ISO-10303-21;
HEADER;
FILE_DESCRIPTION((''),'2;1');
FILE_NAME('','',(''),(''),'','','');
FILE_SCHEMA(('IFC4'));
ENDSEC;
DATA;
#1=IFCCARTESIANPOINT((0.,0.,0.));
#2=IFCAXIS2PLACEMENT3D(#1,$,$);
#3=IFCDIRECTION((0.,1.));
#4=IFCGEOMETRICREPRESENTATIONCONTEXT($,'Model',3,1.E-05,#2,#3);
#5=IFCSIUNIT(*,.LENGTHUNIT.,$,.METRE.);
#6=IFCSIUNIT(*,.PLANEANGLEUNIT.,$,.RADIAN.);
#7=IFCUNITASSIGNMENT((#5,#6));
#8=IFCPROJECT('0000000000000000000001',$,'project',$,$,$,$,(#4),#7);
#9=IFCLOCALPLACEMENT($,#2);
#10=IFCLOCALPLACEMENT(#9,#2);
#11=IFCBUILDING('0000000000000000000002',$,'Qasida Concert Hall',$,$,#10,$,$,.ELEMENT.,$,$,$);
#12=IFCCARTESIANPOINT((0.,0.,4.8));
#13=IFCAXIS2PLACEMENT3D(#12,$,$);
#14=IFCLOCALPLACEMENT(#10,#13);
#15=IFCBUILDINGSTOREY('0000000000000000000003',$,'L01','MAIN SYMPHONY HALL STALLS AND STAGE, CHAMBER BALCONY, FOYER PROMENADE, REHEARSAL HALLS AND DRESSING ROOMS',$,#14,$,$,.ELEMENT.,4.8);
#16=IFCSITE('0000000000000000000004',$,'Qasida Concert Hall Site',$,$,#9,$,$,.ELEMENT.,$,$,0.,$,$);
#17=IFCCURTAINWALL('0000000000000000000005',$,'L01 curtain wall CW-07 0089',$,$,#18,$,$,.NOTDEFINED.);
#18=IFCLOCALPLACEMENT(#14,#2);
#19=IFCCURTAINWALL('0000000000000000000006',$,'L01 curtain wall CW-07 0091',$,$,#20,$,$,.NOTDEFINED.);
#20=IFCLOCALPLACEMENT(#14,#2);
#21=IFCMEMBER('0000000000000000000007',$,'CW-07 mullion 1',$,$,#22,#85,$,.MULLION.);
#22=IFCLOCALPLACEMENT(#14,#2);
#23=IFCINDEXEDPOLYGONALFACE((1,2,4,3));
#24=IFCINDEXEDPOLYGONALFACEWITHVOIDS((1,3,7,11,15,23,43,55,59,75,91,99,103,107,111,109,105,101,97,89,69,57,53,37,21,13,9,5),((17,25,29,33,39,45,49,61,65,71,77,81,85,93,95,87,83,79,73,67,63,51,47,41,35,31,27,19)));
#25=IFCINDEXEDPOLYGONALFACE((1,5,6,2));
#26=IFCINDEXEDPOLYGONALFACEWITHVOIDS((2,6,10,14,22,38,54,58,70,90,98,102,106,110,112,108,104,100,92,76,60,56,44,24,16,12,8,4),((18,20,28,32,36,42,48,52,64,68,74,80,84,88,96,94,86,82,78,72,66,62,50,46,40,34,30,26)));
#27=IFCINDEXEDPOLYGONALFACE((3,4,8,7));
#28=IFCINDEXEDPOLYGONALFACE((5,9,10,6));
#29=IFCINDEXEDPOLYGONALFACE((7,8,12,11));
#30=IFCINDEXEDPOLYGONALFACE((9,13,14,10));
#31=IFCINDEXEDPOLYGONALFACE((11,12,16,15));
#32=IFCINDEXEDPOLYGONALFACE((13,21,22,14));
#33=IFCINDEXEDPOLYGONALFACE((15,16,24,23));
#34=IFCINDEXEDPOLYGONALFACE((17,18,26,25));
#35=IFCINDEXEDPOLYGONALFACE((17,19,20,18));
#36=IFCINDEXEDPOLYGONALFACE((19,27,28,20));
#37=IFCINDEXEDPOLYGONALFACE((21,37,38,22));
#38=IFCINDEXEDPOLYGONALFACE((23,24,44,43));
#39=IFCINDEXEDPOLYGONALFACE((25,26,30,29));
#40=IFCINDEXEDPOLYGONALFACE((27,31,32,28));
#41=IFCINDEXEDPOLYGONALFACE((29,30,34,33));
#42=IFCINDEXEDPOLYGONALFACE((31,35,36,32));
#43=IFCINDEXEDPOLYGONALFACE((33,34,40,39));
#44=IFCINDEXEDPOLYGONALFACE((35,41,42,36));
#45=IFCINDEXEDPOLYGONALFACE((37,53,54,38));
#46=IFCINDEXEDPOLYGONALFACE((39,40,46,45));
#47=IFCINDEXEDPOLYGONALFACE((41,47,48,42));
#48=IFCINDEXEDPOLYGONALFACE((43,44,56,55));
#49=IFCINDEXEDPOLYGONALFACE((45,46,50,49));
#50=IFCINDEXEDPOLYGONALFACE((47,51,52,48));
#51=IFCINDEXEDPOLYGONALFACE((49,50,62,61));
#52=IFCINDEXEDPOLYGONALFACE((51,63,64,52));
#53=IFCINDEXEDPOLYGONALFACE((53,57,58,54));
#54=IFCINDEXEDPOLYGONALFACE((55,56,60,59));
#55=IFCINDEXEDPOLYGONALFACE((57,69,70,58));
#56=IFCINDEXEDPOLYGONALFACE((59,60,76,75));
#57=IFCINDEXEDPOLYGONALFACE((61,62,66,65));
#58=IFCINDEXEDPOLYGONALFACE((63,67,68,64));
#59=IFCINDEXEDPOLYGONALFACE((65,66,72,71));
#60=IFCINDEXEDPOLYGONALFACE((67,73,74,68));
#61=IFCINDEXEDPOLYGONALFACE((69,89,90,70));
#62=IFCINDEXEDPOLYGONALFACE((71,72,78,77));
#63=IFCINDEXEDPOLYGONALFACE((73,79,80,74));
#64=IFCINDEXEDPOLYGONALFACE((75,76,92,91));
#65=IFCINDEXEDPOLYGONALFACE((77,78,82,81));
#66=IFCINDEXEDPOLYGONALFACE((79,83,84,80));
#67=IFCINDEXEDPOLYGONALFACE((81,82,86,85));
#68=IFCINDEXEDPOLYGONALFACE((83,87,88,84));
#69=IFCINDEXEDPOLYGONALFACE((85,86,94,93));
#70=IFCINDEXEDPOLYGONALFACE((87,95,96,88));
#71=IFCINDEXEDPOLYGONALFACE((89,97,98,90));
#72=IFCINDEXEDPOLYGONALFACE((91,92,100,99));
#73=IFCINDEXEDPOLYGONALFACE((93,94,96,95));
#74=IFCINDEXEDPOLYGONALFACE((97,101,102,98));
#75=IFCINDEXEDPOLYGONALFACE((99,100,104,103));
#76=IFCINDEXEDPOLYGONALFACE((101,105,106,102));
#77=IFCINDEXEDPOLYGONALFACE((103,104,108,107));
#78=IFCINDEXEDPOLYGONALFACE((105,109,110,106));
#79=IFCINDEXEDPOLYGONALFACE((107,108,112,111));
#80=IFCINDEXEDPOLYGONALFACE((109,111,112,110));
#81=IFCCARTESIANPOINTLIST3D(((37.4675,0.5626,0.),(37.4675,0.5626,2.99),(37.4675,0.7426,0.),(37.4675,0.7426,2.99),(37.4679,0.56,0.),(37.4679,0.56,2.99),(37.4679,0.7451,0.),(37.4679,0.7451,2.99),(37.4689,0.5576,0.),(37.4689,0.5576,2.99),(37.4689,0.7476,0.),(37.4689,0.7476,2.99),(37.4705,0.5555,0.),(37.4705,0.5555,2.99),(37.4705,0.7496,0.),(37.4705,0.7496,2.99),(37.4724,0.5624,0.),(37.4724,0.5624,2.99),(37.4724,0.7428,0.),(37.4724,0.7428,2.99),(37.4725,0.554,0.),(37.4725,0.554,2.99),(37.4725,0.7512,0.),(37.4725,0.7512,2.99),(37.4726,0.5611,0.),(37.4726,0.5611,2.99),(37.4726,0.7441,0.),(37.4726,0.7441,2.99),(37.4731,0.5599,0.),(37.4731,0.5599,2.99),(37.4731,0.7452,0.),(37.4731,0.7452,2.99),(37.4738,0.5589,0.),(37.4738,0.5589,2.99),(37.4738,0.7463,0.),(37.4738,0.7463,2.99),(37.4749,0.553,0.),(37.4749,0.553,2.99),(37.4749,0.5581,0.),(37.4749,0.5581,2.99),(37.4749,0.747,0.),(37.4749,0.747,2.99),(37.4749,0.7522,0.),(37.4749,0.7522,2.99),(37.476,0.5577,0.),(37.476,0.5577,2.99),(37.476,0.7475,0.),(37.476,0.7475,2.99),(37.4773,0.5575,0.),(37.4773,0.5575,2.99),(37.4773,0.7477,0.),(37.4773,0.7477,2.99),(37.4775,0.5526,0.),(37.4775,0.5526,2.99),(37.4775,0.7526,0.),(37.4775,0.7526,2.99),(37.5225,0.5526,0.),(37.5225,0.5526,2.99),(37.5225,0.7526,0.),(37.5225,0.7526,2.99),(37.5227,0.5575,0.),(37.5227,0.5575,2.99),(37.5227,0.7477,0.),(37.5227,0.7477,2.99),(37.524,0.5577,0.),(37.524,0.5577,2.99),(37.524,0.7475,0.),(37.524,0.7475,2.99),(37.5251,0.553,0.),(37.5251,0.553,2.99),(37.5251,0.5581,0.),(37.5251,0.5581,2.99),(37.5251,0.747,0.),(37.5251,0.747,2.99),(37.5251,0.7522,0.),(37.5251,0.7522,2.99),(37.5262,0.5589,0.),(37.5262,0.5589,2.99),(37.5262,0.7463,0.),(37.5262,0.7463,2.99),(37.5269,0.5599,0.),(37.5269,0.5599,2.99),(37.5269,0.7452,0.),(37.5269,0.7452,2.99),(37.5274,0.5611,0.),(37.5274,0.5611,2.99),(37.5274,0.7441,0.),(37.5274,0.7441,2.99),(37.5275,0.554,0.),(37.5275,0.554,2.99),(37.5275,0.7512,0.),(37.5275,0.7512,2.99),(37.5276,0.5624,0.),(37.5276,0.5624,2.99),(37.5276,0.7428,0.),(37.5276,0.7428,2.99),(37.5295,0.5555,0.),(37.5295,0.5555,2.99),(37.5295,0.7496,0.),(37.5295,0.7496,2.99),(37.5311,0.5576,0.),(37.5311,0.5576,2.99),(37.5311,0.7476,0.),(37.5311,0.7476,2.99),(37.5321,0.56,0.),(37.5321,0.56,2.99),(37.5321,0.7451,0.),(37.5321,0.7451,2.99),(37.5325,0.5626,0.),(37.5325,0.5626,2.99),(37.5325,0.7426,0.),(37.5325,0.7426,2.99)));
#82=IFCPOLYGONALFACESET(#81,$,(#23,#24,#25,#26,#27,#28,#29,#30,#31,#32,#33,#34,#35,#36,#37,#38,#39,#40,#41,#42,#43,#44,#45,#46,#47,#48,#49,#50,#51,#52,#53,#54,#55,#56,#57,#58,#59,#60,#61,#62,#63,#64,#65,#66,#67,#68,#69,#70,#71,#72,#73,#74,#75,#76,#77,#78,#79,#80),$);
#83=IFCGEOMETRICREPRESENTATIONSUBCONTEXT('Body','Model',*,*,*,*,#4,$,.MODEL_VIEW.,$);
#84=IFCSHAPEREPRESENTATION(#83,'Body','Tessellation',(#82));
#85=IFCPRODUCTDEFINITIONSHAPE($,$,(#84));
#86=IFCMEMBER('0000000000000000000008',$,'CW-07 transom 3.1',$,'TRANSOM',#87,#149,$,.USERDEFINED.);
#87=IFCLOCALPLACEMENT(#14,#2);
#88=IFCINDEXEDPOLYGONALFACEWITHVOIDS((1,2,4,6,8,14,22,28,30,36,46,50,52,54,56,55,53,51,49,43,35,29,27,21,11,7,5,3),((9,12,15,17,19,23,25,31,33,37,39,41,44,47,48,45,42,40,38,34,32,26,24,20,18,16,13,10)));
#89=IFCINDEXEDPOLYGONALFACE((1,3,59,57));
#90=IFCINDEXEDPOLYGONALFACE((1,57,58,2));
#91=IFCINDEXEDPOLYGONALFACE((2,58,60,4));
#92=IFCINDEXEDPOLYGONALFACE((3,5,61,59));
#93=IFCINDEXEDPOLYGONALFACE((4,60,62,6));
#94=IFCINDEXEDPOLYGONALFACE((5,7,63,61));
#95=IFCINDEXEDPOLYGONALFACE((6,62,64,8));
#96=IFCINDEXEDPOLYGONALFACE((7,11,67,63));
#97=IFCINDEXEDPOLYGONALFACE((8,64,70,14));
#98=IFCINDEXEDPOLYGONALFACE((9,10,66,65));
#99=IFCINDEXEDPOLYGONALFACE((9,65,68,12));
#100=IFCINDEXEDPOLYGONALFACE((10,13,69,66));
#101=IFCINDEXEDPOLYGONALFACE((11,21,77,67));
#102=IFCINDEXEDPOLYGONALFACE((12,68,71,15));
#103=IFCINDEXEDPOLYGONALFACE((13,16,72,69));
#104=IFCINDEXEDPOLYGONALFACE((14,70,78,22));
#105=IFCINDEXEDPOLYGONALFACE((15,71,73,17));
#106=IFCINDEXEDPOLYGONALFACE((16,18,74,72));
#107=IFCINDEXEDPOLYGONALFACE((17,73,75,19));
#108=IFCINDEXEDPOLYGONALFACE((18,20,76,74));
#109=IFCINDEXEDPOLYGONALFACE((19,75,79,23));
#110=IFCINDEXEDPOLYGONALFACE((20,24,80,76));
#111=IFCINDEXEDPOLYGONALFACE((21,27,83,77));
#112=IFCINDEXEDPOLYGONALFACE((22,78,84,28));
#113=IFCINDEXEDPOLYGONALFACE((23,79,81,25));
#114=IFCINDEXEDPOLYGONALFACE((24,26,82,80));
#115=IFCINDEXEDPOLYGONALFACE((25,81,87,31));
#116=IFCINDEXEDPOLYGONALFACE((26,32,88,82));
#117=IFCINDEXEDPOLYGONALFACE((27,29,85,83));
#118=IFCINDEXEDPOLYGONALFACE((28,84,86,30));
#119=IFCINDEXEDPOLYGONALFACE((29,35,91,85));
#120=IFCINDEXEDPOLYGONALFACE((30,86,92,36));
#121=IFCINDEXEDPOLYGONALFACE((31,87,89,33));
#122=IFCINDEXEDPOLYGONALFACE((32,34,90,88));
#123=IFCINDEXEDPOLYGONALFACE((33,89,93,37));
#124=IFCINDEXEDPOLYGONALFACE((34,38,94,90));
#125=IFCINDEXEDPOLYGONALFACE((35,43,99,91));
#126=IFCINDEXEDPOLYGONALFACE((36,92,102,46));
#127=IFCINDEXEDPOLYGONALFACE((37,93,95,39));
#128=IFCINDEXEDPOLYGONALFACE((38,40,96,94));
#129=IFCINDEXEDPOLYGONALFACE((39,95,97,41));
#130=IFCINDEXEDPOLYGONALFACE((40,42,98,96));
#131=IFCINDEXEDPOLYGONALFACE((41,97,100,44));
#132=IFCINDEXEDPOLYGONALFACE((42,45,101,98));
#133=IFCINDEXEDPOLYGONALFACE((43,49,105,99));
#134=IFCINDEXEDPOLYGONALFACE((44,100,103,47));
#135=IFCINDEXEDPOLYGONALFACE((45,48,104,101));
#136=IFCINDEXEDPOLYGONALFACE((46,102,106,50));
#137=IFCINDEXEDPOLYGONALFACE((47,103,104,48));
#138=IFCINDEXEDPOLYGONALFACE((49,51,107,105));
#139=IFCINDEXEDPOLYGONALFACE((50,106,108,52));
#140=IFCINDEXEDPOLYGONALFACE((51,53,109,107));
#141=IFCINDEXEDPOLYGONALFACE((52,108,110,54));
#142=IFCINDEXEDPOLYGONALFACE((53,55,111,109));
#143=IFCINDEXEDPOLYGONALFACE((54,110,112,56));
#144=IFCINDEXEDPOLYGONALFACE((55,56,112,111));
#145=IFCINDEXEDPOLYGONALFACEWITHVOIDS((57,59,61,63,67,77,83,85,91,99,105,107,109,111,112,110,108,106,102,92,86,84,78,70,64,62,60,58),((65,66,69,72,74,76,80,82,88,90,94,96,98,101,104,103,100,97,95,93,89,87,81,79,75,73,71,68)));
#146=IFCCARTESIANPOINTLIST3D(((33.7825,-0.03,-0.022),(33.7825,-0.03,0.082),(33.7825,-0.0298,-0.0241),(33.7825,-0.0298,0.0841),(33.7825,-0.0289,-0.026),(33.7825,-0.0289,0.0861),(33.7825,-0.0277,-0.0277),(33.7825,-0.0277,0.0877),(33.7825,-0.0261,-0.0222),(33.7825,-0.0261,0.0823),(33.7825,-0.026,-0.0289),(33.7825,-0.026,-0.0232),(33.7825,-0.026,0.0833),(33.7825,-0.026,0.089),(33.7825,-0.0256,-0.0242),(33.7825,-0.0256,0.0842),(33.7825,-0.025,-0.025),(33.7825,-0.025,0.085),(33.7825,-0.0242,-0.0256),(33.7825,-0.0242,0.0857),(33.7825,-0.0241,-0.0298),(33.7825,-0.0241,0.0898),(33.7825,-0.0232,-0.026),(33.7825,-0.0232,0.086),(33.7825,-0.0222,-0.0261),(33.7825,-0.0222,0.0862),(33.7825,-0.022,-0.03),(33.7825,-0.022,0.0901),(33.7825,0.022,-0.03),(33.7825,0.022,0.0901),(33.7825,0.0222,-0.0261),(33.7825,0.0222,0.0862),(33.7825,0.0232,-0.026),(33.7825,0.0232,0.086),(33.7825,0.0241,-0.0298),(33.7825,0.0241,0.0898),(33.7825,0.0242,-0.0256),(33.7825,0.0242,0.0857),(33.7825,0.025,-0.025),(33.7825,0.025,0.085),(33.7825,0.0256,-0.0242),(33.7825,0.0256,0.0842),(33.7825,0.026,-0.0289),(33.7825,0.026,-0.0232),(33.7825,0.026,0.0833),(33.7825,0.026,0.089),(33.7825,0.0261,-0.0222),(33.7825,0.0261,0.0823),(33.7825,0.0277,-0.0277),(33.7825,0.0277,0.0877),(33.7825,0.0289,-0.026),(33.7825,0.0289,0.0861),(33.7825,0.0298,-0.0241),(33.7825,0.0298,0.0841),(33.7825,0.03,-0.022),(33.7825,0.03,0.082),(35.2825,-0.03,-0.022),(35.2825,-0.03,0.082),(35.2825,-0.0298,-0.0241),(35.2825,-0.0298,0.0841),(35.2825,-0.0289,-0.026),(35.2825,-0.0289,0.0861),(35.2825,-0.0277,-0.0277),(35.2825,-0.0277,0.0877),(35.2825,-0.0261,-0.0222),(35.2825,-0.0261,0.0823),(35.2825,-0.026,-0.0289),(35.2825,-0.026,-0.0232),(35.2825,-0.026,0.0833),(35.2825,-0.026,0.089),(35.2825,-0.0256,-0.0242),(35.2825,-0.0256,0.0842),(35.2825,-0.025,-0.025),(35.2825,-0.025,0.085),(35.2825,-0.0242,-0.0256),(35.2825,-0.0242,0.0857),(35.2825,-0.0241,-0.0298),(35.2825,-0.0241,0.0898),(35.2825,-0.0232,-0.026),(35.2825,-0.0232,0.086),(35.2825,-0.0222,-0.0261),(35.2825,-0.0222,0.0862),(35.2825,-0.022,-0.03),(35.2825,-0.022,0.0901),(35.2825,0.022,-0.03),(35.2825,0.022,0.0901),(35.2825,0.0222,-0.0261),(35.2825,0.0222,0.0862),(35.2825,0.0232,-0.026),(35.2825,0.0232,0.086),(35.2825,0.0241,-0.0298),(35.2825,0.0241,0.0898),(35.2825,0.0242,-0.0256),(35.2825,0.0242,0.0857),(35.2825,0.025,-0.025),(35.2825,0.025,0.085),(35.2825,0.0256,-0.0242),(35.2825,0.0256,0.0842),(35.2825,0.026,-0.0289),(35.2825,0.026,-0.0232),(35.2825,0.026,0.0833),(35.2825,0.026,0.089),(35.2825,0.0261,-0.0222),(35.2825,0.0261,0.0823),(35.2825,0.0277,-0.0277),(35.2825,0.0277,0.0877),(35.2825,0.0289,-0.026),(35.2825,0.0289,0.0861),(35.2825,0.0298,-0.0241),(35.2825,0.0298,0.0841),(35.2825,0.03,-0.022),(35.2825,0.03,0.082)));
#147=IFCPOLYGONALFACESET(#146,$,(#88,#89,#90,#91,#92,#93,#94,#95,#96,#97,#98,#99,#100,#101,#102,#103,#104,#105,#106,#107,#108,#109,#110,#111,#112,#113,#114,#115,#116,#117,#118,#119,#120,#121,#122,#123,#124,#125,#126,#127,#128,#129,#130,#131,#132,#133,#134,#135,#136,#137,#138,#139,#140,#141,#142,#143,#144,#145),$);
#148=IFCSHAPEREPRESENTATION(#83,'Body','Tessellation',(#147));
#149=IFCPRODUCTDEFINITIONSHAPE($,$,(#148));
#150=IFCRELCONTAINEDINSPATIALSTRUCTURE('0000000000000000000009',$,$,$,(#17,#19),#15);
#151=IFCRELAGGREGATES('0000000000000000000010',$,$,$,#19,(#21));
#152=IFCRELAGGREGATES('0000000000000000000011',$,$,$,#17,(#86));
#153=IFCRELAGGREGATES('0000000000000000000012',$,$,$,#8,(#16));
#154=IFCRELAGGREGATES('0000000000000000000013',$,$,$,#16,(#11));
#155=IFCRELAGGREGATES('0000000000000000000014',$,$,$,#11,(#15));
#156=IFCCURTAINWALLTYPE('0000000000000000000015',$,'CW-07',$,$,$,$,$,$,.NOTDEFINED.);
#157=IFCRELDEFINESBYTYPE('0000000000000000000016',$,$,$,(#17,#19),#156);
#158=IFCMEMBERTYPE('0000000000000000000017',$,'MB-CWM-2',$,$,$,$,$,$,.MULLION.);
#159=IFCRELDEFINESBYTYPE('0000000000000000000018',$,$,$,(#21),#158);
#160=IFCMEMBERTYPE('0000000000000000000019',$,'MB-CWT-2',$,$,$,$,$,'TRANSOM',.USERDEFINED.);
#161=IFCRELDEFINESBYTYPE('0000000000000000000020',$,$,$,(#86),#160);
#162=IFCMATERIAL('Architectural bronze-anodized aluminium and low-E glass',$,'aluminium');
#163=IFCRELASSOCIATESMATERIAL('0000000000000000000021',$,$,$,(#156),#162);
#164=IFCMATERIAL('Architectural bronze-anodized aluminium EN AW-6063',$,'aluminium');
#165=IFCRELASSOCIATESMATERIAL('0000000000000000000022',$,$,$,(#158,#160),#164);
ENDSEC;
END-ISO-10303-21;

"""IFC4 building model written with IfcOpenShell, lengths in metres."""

from ifc_helpers import new_model, si_unit, direction, frame, origin, origin_2d, place, context, subcontext, project, spatial, hollow_rectangle, extrude, material, material_profile, profile_set, type_object, element, aggregate, save


model = new_model("IFC4")

# Units and contexts
model_context = context("Model", 3, precision=1e-05, world=origin(), true_north=direction((0.0, 1.0)))
body_context = subcontext(model_context, "Body", "Model", "MODEL_VIEW")
ifc_project = project(units=[si_unit("LENGTHUNIT", "METRE"), si_unit("PLANEANGLEUNIT", "RADIAN")], contexts=[model_context])

# Site, building, storey
site_placement = place(None, origin())
site = spatial("IfcSite", under=ifc_project, at=site_placement, Name="Qasida Concert Hall Site", CompositionType="ELEMENT", RefElevation=0.0)
building_placement = place(site_placement, origin())
building = spatial("IfcBuilding", under=site, at=building_placement, Name="Qasida Concert Hall", CompositionType="ELEMENT")
storey_placement = place(building_placement, frame((0.0, 0.0, 4.8)))
storey = spatial("IfcBuildingStorey", under=building, at=storey_placement, Name="L01", Description="MAIN SYMPHONY HALL STALLS AND STAGE, CHAMBER BALCONY, FOYER PROMENADE, REHEARSAL HALLS AND DRESSING ROOMS", CompositionType="ELEMENT", Elevation=4.8)

# Curtain wall
ifc_material_1 = material(Name="Architectural bronze-anodized aluminium and low-E glass", Category="aluminium")
curtain_wall_type = type_object("IfcCurtainWallType", Name="CW-07", PredefinedType="NOTDEFINED", material=ifc_material_1)
curtain_wall_1_placement = place(storey_placement, origin())
curtain_wall_1 = element("IfcCurtainWall", 1, at=curtain_wall_1_placement, inside=storey, type_object=curtain_wall_type, Name="L01 curtain wall CW-07 0089", PredefinedType="NOTDEFINED")
ifc_material_2 = material(Name="Architectural bronze-anodized aluminium EN AW-6063", Category="aluminium")
ifc_material_profile_1 = material_profile(ifc_material_2, hollow_rectangle(XDim=0.0649, YDim=0.2, WallThickness=0.0049, InnerFilletRadius=0.0049, OuterFilletRadius=0.01, at=origin_2d()), Name="CWM 200x65x5")
ifc_profile_set_1 = profile_set([ifc_material_profile_1], Name="Architectural bronze-anodized aluminium EN AW-6063")
member_type_1 = type_object("IfcMemberType", Name="MB-CWM-2", PredefinedType="MULLION", material=ifc_profile_set_1)

# Curtain wall, member
curtain_wall_2_placement = place(storey_placement, origin())
curtain_wall_2 = element("IfcCurtainWall", 2, at=curtain_wall_2_placement, inside=storey, type_object=curtain_wall_type, Name="L01 curtain wall CW-07 0091", PredefinedType="NOTDEFINED")
member_1_placement = place(storey_placement, frame((37.5, 0.6526, 0.0), z_axis=(0.0, 0.0, 1.0), x_axis=(-1.0, 0.0, 0.0)))
member_1 = element("IfcMember", 3, at=member_1_placement, type_object=member_type_1, Name="CW-07 mullion 1", PredefinedType="MULLION", context=body_context, shape_type="SweptSolid", body=[
    extrude(hollow_rectangle(XDim=0.0649, YDim=0.2, WallThickness=0.0049, InnerFilletRadius=0.0049, OuterFilletRadius=0.01, at=origin_2d()), origin(), (0.0, 0.0, 1.0), 2.99),
])

# Member
ifc_material_profile_2 = material_profile(ifc_material_2, hollow_rectangle(XDim=0.0601, YDim=0.1201, WallThickness=0.0039, InnerFilletRadius=0.0039, OuterFilletRadius=0.0081, at=origin_2d()), Name="CWT 120x60x4")
ifc_profile_set_2 = profile_set([ifc_material_profile_2], Name="Architectural bronze-anodized aluminium EN AW-6063")
member_type_2 = type_object("IfcMemberType", Name="MB-CWT-2", ElementType="TRANSOM", PredefinedType="USERDEFINED", material=ifc_profile_set_2)
member_2_placement = place(storey_placement, frame((33.7825, 0.0, 0.03), z_axis=(1.0, 0.0, 0.0), x_axis=(0.0, 1.0, 0.0)))
member_2 = element("IfcMember", 4, at=member_2_placement, type_object=member_type_2, Name="CW-07 transom 3.1", ObjectType="TRANSOM", PredefinedType="USERDEFINED", context=body_context, shape_type="SweptSolid", body=[
    extrude(hollow_rectangle(XDim=0.0601, YDim=0.1201, WallThickness=0.0039, InnerFilletRadius=0.0039, OuterFilletRadius=0.0081, at=origin_2d()), origin(), (0.0, 0.0, 1.0), 1.5),
])
aggregate(curtain_wall_2, [member_1])

aggregate(curtain_wall_1, [member_2])

save(model, "model.ifc")
